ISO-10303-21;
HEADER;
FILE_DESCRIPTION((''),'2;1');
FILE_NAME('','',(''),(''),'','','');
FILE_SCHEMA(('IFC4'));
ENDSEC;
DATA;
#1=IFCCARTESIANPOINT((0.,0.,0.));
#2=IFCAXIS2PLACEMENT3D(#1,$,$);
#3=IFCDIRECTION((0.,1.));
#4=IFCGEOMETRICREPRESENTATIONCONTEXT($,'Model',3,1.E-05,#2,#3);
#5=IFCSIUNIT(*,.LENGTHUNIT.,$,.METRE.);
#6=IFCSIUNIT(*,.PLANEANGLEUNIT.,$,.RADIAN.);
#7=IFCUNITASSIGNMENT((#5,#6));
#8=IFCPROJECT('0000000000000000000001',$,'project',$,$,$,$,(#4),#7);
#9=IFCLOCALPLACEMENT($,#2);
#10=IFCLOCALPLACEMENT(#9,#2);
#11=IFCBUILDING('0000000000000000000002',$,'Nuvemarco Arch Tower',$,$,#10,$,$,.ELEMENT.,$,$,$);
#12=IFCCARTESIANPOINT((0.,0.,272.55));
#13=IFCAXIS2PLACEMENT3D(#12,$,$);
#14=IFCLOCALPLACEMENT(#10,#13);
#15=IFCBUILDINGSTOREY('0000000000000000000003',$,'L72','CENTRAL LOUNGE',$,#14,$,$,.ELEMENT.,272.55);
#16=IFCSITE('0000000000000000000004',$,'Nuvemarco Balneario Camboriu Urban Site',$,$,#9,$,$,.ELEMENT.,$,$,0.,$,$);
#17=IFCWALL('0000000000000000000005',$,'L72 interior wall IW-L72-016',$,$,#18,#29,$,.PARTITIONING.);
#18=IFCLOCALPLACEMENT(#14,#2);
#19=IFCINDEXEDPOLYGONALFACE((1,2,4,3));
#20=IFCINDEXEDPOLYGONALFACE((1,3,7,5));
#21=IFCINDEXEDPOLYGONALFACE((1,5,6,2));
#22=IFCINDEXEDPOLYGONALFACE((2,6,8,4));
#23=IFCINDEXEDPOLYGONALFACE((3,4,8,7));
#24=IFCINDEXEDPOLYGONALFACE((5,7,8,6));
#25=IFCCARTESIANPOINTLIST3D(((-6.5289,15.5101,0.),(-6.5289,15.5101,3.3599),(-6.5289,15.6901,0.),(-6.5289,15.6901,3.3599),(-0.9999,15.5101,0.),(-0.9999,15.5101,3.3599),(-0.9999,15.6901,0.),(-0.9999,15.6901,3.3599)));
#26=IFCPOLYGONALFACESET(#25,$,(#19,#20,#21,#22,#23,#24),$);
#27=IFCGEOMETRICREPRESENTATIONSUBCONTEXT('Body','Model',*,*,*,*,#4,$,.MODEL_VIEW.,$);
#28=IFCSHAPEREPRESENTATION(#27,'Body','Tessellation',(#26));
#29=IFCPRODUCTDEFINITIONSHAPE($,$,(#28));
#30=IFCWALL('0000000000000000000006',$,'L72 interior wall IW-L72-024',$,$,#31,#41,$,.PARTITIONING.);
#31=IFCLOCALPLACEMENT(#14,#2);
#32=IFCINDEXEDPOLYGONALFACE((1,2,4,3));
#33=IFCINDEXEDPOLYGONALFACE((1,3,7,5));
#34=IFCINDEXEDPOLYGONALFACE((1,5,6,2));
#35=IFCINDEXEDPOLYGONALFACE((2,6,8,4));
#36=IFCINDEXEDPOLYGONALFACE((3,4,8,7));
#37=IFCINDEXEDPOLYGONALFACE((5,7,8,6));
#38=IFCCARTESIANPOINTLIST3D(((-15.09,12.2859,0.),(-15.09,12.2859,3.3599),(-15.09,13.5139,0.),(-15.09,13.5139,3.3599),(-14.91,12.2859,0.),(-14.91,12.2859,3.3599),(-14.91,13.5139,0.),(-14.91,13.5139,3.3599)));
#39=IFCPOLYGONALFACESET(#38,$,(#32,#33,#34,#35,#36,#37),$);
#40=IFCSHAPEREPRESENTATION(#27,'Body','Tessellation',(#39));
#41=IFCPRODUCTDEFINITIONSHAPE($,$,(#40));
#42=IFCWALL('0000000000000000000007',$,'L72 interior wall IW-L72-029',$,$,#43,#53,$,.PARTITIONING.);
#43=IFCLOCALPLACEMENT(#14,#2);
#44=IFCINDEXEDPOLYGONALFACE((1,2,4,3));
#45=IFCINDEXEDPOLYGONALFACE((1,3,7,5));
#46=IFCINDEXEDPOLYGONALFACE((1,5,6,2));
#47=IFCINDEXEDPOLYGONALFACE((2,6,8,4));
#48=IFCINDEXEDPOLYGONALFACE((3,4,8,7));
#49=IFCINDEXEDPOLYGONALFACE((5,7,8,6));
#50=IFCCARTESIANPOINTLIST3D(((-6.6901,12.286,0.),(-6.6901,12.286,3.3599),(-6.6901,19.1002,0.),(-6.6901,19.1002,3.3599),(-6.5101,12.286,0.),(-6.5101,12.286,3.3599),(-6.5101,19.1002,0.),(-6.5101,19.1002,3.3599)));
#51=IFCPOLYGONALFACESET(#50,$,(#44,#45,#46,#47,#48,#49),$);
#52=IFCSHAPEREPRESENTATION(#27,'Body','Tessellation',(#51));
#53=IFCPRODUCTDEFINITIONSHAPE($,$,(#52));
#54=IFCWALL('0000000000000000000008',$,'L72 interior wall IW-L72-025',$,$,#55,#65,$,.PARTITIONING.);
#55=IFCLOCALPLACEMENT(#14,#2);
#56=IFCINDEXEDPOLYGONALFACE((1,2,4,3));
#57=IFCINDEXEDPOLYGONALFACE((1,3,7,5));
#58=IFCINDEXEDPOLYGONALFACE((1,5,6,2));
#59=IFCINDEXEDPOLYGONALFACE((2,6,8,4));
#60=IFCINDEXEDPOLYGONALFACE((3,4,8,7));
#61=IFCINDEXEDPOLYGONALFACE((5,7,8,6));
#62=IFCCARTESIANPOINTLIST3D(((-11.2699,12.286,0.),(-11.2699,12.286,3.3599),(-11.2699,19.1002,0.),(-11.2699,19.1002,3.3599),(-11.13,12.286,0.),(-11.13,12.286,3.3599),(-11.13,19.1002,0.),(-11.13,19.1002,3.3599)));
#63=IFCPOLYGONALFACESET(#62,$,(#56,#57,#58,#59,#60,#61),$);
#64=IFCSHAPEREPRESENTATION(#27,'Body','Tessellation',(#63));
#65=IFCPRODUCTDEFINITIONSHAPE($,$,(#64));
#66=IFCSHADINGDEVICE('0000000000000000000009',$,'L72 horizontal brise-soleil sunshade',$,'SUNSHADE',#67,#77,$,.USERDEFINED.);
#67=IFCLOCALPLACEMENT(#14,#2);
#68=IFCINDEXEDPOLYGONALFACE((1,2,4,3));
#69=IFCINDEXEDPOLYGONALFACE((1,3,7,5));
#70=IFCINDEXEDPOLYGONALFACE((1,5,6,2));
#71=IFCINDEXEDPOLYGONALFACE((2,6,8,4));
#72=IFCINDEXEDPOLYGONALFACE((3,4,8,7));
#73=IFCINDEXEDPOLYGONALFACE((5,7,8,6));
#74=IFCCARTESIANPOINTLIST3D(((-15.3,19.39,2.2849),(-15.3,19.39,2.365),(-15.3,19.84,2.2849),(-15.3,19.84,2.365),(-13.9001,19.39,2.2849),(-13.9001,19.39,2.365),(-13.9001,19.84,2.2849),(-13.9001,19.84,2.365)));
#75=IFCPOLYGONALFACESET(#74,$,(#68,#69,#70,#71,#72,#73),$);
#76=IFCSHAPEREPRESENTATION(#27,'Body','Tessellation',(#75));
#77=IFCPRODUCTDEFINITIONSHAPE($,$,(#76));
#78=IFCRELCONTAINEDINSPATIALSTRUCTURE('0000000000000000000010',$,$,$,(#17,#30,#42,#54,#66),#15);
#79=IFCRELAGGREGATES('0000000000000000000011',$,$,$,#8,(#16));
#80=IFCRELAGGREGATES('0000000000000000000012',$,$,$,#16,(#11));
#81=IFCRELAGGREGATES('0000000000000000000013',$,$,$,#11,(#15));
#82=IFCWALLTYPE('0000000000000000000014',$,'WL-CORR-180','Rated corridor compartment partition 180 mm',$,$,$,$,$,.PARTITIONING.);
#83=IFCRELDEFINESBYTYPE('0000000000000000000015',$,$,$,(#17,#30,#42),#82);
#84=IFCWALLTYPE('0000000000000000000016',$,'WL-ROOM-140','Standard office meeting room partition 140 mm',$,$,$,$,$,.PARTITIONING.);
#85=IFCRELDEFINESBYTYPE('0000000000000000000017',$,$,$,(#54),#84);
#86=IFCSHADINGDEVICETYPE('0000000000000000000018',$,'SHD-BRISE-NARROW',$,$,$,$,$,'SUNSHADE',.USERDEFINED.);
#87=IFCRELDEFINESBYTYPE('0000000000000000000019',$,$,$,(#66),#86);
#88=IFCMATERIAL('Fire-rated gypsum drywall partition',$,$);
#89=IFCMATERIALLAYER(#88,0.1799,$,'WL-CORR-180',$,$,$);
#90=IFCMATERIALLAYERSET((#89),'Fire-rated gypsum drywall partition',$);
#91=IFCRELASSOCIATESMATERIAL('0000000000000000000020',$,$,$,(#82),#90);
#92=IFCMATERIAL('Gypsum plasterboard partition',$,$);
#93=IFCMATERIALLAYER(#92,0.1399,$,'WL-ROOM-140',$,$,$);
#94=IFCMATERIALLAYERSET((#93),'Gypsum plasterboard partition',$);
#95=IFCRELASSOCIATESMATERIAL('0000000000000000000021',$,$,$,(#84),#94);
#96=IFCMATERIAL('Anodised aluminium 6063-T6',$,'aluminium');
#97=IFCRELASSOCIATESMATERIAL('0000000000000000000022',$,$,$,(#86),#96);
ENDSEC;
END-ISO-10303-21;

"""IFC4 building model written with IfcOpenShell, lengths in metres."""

from ifc_helpers import new_model, si_unit, direction, frame, frame_2d, origin, origin_2d, place, context, subcontext, project, spatial, rectangle, extrude, source, transform, mapped, material, layer, layer_set, type_object, type_shapes, element, save


model = new_model("IFC4")

# Units and contexts
model_context = context("Model", 3, precision=1e-05, world=origin(), true_north=direction((0.0, 1.0)))
body_context = subcontext(model_context, "Body", "Model", "MODEL_VIEW")
ifc_project = project(units=[si_unit("LENGTHUNIT", "METRE"), si_unit("PLANEANGLEUNIT", "RADIAN")], contexts=[model_context])

# Site, building, storey
site_placement = place(None, origin())
site = spatial("IfcSite", under=ifc_project, at=site_placement, Name="Nuvemarco Balneario Camboriu Urban Site", CompositionType="ELEMENT", RefElevation=0.0)
building_placement = place(site_placement, origin())
building = spatial("IfcBuilding", under=site, at=building_placement, Name="Nuvemarco Arch Tower", CompositionType="ELEMENT")
storey_placement = place(building_placement, frame((0.0, 0.0, 272.55)))
storey = spatial("IfcBuildingStorey", under=building, at=storey_placement, Name="L72", Description="CENTRAL LOUNGE", CompositionType="ELEMENT", Elevation=272.55)

# Shared definitions
ifc_material_1 = material(Name="Fire-rated gypsum drywall partition")
ifc_layer_1 = layer(ifc_material_1, 0.1799, Name="WL-CORR-180")
ifc_layer_set_1 = layer_set([ifc_layer_1], Name="Fire-rated gypsum drywall partition")
wall_type_1 = type_object("IfcWallType", Name="WL-CORR-180", Description="Rated corridor compartment partition 180 mm", PredefinedType="PARTITIONING", material=ifc_layer_set_1)

# Walls
wall_1_placement = place(storey_placement, frame((-6.5291, 15.6001, 0.0), z_axis=(0.0, 0.0, 1.0), x_axis=(1.0, 0.0, 0.0)))
element("IfcWall", 1, at=wall_1_placement, inside=storey, type_object=wall_type_1, Name="L72 interior wall IW-L72-016", PredefinedType="PARTITIONING", context=body_context, shape_type="SweptSolid", body=[
    extrude(rectangle(XDim=5.5291, YDim=0.1799, at=frame_2d((2.7646, 0.0))), origin(), (0.0, 0.0, 1.0), 3.3599),
])
wall_2_placement = place(storey_placement, frame((-15.0, 12.2859, 0.0), z_axis=(0.0, 0.0, 1.0), x_axis=(0.0, 1.0, 0.0)))
element("IfcWall", 2, at=wall_2_placement, inside=storey, type_object=wall_type_1, Name="L72 interior wall IW-L72-024", PredefinedType="PARTITIONING", context=body_context, shape_type="SweptSolid", body=[
    extrude(rectangle(XDim=1.228, YDim=0.1799, at=frame_2d((0.614, 0.0))), origin(), (0.0, 0.0, 1.0), 3.3599),
])
wall_3_placement = place(storey_placement, frame((-6.6001, 12.2859, 0.0), z_axis=(0.0, 0.0, 1.0), x_axis=(0.0, 1.0, 0.0)))
element("IfcWall", 3, at=wall_3_placement, inside=storey, type_object=wall_type_1, Name="L72 interior wall IW-L72-029", PredefinedType="PARTITIONING", context=body_context, shape_type="SweptSolid", body=[
    extrude(rectangle(XDim=6.8142, YDim=0.1799, at=frame_2d((3.4072, 0.0))), origin(), (0.0, 0.0, 1.0), 3.3599),
])
ifc_material_2 = material(Name="Gypsum plasterboard partition")
ifc_layer_2 = layer(ifc_material_2, 0.1399, Name="WL-ROOM-140")
ifc_layer_set_2 = layer_set([ifc_layer_2], Name="Gypsum plasterboard partition")
wall_type_2 = type_object("IfcWallType", Name="WL-ROOM-140", Description="Standard office meeting room partition 140 mm", PredefinedType="PARTITIONING", material=ifc_layer_set_2)
wall_4_placement = place(storey_placement, frame((-11.2, 12.2859, 0.0), z_axis=(0.0, 0.0, 1.0), x_axis=(0.0, 1.0, 0.0)))
element("IfcWall", 4, at=wall_4_placement, inside=storey, type_object=wall_type_2, Name="L72 interior wall IW-L72-025", PredefinedType="PARTITIONING", context=body_context, shape_type="SweptSolid", body=[
    extrude(rectangle(XDim=6.8142, YDim=0.1399, at=frame_2d((3.4072, 0.0))), origin(), (0.0, 0.0, 1.0), 3.3599),
])

# Shading device
ifc_material_3 = material(Name="Anodised aluminium 6063-T6", Category="aluminium")
shading_device_type = type_object("IfcShadingDeviceType", Name="SHD-BRISE-NARROW", ElementType="SUNSHADE", PredefinedType="USERDEFINED", material=ifc_material_3)
shared_shape_1 = source(origin(), body_context, "Body", "SweptSolid", [
    extrude(rectangle(XDim=1.3999, YDim=0.45, at=origin_2d()), origin(), (0.0, 0.0, 1.0), 0.0801),
])
type_shapes(shading_device_type, [shared_shape_1])
shading_device_placement = place(storey_placement, frame((-14.6001, 19.615, 2.2849), z_axis=(0.0, 0.0, 1.0), x_axis=(1.0, 0.0, 0.0)))
element("IfcShadingDevice", 5, at=shading_device_placement, inside=storey, type_object=shading_device_type, Name="L72 horizontal brise-soleil sunshade", ObjectType="SUNSHADE", PredefinedType="USERDEFINED", context=body_context, shape_type="MappedRepresentation", body=[
    mapped(shared_shape_1, transform((0.0, 0.0, 0.0), scale=1.0)),
])

save(model, "model.ifc")
